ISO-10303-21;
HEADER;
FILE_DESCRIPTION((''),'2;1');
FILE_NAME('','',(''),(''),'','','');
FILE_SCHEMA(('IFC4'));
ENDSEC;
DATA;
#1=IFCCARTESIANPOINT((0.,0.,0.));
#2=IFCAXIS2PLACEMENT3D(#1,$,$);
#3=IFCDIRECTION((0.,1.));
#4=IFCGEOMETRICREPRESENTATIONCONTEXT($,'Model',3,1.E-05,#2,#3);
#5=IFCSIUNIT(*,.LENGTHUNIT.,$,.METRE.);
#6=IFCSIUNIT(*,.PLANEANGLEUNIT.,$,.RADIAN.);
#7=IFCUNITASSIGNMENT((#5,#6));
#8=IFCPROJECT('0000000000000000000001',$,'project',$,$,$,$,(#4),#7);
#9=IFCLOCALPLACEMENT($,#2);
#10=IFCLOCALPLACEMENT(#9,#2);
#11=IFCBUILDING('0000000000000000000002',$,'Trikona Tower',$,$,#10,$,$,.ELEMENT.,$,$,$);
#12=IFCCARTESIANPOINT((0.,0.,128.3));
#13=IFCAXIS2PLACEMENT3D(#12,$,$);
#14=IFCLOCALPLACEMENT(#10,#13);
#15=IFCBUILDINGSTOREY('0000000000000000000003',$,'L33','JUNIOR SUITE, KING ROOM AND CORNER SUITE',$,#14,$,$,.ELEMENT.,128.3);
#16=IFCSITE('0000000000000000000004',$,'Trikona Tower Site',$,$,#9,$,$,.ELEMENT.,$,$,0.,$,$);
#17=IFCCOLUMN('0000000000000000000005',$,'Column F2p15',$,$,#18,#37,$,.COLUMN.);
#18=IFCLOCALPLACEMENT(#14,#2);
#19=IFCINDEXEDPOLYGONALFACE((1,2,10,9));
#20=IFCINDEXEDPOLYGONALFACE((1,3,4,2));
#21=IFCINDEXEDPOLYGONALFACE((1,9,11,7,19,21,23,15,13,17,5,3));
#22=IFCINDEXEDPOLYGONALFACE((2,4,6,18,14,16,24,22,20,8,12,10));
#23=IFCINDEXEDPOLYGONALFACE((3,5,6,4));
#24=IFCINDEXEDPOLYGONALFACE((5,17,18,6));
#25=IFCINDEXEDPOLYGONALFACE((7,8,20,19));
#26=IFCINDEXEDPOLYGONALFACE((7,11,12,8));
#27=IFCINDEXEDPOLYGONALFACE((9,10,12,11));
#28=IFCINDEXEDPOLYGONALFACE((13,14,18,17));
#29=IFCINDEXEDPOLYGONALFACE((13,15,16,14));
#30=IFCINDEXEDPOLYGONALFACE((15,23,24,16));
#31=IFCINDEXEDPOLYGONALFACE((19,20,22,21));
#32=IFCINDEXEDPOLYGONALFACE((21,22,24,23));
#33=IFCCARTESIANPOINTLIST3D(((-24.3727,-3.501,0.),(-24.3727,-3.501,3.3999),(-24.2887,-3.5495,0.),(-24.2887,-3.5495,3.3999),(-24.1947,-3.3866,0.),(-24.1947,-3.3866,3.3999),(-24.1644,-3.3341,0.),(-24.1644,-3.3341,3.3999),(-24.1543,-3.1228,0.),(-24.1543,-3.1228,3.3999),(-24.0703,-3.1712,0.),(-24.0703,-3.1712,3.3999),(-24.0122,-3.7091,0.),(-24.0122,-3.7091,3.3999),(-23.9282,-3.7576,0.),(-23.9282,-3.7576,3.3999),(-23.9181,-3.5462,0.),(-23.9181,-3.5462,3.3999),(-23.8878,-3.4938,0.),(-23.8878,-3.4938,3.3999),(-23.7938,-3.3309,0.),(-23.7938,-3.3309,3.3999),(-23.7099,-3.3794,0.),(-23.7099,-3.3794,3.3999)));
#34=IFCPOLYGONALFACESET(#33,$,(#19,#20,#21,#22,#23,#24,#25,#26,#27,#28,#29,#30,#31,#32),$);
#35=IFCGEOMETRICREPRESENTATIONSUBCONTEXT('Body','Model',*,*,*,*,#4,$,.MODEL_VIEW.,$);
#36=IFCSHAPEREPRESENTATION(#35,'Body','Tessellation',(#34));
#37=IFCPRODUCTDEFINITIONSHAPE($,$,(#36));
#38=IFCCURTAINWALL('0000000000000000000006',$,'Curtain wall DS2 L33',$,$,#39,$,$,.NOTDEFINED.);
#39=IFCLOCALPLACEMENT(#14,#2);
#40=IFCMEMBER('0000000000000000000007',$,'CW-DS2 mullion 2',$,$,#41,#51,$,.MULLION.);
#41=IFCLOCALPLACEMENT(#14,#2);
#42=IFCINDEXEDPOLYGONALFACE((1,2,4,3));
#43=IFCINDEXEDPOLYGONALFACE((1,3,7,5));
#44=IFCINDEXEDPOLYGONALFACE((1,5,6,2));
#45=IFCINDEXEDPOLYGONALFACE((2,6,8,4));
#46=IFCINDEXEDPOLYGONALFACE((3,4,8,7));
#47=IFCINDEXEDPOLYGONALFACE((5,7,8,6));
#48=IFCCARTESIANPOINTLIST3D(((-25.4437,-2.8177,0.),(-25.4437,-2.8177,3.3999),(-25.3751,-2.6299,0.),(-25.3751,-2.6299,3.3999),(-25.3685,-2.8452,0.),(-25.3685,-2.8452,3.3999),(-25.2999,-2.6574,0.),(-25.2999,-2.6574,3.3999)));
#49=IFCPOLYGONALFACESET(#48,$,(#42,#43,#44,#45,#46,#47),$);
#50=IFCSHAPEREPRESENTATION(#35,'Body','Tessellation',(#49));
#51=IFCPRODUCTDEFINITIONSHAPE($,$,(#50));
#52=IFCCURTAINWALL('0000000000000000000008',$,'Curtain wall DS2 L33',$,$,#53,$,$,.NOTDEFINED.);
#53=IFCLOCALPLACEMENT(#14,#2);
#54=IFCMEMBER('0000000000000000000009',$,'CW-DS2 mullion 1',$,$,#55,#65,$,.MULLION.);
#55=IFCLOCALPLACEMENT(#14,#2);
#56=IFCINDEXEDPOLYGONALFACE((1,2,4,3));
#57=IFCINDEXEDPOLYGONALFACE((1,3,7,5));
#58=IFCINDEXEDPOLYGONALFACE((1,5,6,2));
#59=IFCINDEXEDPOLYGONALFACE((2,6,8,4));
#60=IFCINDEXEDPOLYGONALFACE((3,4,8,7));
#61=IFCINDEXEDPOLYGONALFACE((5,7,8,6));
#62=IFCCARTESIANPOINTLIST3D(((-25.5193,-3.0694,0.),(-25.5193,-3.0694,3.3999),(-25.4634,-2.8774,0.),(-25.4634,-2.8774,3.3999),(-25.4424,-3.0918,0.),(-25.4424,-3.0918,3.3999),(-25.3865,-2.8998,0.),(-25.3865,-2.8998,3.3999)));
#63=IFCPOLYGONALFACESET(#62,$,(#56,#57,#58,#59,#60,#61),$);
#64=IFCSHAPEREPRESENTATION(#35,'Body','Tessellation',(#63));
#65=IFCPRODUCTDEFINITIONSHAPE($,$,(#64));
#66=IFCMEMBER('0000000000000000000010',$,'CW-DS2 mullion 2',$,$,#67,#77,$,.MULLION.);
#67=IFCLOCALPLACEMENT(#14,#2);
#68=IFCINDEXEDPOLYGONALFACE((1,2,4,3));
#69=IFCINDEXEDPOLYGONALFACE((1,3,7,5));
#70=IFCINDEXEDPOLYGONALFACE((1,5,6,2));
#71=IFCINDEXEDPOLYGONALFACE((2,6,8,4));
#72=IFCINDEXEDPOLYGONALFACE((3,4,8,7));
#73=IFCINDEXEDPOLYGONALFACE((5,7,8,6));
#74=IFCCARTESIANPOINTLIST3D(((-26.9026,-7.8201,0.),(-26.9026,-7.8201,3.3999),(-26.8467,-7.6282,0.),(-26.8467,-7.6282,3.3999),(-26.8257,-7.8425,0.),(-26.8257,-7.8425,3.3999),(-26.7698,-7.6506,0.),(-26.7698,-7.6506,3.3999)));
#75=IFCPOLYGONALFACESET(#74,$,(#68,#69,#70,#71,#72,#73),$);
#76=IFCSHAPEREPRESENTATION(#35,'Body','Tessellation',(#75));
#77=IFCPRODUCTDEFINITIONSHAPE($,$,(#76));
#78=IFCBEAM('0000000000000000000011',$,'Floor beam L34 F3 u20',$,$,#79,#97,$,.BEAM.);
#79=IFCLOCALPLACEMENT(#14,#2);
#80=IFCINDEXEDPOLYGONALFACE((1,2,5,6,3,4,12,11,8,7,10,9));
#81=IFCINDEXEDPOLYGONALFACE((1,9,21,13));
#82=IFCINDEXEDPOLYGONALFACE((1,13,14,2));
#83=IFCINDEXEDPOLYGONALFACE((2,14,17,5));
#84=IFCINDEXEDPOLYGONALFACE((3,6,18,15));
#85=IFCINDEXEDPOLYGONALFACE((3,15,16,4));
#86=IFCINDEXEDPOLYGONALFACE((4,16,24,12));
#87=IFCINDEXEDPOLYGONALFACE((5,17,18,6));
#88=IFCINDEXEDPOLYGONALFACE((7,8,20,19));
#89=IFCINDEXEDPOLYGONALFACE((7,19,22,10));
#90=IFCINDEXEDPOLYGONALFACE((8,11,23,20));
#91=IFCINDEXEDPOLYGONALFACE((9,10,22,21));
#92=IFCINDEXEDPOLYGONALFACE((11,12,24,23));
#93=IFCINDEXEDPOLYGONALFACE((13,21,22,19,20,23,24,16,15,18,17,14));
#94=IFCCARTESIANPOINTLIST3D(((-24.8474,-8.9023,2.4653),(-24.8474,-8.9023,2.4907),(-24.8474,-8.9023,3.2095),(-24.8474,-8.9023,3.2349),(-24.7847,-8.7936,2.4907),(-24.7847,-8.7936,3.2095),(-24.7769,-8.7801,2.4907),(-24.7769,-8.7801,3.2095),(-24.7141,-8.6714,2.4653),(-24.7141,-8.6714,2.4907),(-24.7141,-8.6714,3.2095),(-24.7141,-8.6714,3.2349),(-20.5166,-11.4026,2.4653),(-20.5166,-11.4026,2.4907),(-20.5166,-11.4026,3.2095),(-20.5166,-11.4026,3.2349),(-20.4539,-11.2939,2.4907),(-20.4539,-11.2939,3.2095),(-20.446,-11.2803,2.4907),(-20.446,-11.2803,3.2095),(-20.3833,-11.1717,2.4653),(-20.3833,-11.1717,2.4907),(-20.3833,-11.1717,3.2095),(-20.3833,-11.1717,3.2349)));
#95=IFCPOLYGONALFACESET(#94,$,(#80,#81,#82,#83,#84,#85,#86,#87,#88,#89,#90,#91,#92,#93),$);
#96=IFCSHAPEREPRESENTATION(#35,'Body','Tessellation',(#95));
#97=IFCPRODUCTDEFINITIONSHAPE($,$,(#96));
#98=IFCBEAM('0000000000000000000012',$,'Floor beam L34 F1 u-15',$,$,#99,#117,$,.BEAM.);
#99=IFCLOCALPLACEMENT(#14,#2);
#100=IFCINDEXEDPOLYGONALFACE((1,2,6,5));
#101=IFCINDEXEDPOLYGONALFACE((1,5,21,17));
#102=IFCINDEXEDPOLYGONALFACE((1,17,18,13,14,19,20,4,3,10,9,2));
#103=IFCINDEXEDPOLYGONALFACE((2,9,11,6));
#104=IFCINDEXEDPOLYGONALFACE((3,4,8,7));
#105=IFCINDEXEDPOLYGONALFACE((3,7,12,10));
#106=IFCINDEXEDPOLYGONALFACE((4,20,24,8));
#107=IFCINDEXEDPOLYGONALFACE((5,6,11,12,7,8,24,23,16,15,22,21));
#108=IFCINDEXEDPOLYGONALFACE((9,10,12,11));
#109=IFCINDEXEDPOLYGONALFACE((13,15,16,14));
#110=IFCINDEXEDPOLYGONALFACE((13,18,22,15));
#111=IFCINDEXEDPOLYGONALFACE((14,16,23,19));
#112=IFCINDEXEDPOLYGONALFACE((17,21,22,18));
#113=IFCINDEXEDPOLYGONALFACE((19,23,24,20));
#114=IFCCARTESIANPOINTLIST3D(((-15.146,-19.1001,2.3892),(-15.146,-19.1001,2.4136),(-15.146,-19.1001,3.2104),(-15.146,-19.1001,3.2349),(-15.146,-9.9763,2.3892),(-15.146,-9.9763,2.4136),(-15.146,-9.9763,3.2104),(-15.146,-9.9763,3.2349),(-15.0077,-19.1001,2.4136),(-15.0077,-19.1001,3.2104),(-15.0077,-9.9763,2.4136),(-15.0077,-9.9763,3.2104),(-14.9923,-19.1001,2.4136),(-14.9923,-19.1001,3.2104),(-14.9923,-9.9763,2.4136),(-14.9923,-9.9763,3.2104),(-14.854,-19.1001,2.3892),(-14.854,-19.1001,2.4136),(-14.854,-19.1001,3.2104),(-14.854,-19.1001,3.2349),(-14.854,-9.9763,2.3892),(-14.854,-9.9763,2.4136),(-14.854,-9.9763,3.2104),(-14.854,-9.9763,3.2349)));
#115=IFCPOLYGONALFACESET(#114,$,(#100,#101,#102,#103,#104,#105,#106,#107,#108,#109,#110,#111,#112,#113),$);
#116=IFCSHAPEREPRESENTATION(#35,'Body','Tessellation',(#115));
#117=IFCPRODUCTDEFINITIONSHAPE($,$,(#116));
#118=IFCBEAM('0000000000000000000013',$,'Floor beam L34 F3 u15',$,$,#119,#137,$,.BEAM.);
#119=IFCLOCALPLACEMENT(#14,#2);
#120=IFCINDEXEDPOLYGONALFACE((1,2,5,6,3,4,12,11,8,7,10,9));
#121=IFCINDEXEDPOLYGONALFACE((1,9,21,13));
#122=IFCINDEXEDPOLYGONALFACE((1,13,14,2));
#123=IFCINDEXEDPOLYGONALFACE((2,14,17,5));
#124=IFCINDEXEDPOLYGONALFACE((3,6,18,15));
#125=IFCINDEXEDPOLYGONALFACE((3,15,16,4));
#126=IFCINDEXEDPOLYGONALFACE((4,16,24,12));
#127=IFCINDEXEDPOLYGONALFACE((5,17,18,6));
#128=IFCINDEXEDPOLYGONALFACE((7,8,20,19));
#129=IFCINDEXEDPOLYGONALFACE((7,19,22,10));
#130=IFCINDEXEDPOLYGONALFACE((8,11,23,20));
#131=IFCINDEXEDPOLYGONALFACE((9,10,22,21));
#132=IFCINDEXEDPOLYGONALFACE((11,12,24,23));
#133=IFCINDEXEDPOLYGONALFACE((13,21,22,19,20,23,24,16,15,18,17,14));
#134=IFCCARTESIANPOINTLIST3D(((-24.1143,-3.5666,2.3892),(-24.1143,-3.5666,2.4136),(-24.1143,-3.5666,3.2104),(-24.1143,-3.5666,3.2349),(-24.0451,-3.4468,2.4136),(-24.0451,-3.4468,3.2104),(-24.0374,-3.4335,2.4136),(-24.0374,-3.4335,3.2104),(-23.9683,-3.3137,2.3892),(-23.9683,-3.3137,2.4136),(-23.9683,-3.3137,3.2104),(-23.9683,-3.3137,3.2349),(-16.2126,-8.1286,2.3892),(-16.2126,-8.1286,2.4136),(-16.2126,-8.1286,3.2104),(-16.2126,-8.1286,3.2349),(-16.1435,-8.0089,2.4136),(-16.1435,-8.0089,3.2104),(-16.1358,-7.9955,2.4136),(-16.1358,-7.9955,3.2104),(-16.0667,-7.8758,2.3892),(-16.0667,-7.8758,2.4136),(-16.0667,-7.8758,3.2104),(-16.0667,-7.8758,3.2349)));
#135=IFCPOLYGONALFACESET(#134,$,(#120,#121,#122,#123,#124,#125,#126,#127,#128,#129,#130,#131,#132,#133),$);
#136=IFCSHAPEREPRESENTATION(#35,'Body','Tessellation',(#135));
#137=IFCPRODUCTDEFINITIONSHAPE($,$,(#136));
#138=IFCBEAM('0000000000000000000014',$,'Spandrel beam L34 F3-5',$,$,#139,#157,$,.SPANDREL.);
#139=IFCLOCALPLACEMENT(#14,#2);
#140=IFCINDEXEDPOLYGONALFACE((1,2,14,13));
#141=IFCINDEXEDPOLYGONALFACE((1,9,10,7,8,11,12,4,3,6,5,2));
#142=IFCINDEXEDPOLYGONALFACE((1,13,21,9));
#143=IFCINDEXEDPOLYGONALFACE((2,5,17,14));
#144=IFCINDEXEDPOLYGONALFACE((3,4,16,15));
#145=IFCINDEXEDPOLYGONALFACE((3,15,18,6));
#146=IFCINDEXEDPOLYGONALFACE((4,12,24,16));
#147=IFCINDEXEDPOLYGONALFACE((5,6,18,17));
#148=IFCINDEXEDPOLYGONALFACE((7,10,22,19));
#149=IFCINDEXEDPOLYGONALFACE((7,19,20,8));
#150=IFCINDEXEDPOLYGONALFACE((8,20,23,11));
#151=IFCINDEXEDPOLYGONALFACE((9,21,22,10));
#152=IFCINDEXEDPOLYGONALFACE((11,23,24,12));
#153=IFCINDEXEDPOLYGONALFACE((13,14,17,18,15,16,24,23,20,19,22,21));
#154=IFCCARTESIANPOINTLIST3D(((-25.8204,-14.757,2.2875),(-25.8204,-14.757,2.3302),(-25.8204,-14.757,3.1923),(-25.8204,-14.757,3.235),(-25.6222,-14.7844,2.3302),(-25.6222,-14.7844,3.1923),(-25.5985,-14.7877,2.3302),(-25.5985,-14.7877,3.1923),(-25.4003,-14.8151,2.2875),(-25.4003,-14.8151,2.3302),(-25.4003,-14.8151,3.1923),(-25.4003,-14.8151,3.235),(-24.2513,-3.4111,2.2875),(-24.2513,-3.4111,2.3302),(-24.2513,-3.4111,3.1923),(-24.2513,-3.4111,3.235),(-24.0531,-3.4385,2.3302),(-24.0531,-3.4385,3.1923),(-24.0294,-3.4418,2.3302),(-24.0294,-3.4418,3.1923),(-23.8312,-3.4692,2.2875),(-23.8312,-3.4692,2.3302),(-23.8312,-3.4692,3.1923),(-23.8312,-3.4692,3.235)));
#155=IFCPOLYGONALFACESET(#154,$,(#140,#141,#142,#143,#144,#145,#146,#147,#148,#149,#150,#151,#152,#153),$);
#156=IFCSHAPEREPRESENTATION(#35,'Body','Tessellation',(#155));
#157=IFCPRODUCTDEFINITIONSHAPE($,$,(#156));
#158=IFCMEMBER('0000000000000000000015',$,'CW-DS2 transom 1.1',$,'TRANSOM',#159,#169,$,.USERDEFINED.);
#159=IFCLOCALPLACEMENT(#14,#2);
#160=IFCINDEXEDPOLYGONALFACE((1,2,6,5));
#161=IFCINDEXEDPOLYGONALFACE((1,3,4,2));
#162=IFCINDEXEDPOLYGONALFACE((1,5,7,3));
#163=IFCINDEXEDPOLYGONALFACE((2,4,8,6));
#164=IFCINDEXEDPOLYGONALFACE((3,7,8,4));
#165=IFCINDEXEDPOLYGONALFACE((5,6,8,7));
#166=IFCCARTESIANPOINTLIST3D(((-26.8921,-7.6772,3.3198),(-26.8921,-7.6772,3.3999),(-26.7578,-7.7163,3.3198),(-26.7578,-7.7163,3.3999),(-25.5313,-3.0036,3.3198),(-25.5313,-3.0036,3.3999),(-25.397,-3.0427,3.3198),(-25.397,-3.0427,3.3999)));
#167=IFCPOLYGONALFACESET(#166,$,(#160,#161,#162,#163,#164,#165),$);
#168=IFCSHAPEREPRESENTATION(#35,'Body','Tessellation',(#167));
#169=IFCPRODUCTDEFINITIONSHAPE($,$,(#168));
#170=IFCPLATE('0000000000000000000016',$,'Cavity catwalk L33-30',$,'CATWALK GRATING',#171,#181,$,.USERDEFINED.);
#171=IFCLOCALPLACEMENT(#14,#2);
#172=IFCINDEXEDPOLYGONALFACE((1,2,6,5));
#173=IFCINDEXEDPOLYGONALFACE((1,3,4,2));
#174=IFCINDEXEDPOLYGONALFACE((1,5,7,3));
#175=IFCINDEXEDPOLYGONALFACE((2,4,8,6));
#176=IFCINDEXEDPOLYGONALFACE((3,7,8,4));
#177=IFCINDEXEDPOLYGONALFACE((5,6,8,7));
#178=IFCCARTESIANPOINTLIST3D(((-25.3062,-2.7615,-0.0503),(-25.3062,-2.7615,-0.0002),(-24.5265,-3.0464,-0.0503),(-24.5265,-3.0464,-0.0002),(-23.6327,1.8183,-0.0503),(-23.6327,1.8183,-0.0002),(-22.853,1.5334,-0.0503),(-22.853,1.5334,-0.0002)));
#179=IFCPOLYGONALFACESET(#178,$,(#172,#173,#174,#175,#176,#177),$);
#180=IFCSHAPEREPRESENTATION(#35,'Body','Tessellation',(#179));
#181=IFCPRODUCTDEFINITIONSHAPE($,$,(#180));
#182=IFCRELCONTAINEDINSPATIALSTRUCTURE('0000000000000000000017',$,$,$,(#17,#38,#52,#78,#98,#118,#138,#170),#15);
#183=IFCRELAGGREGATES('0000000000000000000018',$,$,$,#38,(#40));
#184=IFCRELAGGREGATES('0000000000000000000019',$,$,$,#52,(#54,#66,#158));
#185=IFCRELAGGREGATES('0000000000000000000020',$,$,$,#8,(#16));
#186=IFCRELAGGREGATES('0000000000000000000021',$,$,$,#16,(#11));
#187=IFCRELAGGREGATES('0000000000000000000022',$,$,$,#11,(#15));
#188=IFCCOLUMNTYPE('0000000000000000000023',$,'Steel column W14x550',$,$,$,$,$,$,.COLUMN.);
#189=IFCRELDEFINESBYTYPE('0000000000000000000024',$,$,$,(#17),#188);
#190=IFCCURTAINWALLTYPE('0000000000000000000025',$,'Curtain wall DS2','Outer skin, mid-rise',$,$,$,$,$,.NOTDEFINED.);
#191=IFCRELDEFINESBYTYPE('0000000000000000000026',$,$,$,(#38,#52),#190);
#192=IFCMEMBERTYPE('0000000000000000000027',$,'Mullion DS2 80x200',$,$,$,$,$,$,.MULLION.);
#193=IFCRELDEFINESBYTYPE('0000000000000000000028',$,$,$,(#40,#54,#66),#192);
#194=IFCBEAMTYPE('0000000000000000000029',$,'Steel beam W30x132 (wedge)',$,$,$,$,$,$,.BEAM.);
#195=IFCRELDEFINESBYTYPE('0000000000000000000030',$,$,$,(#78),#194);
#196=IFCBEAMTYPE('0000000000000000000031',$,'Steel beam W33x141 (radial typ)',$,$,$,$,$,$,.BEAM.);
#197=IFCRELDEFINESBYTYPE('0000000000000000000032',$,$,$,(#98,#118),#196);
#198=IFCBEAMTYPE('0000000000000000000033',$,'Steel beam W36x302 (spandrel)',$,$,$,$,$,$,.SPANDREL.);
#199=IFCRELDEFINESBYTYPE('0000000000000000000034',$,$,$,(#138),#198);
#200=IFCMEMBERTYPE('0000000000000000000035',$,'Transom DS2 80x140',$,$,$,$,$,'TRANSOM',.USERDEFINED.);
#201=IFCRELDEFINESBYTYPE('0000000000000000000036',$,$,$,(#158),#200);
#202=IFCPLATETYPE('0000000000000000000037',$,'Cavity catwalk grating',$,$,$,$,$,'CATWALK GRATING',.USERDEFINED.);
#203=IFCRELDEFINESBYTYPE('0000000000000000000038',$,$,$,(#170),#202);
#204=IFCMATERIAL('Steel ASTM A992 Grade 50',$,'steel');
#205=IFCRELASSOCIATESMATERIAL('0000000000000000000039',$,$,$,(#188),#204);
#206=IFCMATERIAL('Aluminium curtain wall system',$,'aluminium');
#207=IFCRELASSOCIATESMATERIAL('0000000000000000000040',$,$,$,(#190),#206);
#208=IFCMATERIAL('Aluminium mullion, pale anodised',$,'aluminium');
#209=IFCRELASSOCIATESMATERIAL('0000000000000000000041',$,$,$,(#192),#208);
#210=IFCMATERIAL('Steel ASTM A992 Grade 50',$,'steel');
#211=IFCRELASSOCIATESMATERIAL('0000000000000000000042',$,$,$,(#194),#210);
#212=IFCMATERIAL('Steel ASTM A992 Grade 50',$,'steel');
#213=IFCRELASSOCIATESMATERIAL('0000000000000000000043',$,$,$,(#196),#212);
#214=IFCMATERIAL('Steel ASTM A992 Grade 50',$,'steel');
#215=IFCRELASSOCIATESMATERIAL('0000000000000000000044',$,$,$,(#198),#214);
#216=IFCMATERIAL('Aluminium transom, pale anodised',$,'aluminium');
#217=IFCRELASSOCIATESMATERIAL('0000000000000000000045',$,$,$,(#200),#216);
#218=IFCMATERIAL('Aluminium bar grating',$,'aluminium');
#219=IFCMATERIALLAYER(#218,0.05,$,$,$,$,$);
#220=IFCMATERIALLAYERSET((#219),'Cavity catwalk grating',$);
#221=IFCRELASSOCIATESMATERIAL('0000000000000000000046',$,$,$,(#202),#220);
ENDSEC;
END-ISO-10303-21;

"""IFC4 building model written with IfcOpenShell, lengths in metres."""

from ifc_helpers import new_model, si_unit, direction, frame, origin, origin_2d, place, context, subcontext, project, spatial, rectangle, i_section, extrude, material, layer, layer_set, material_profile, profile_set, type_object, element, aggregate, save


model = new_model("IFC4")

# Units and contexts
model_context = context("Model", 3, precision=1e-05, world=origin(), true_north=direction((0.0, 1.0)))
body_context = subcontext(model_context, "Body", "Model", "MODEL_VIEW")
ifc_project = project(units=[si_unit("LENGTHUNIT", "METRE"), si_unit("PLANEANGLEUNIT", "RADIAN")], contexts=[model_context])

# Site, building, storey
site_placement = place(None, origin())
site = spatial("IfcSite", under=ifc_project, at=site_placement, Name="Trikona Tower Site", CompositionType="ELEMENT", RefElevation=0.0)
building_placement = place(site_placement, origin())
building = spatial("IfcBuilding", under=site, at=building_placement, Name="Trikona Tower", CompositionType="ELEMENT")
storey_placement = place(building_placement, frame((0.0, 0.0, 128.3)))
storey = spatial("IfcBuildingStorey", under=building, at=storey_placement, Name="L33", Description="JUNIOR SUITE, KING ROOM AND CORNER SUITE", CompositionType="ELEMENT", Elevation=128.3)

# Column
ifc_material_1 = material(Name="Steel ASTM A992 Grade 50", Category="steel")
ifc_material_profile_1 = material_profile(ifc_material_1, i_section(OverallWidth=0.4368, OverallDepth=0.5132, WebThickness=0.0605, FlangeThickness=0.0969, at=origin_2d()), Name="W14X550")
ifc_profile_set_1 = profile_set([ifc_material_profile_1], Name="Steel ASTM A992 Grade 50")
column_type = type_object("IfcColumnType", Name="Steel column W14x550", PredefinedType="COLUMN", material=ifc_profile_set_1)
column_placement = place(storey_placement, frame((-24.0413, -3.4402, 0.0), z_axis=(0.0, 0.0, 1.0), x_axis=(-0.5, -0.866025, 0.0)))
element("IfcColumn", 1, at=column_placement, inside=storey, type_object=column_type, Name="Column F2p15", PredefinedType="COLUMN", context=body_context, shape_type="SweptSolid", body=[
    extrude(i_section(OverallWidth=0.4368, OverallDepth=0.5132, WebThickness=0.0605, FlangeThickness=0.0969, at=origin_2d()), origin(), (0.0, 0.0, 1.0), 3.3999),
])

# Curtain wall, member
ifc_material_2 = material(Name="Aluminium curtain wall system", Category="aluminium")
curtain_wall_type = type_object("IfcCurtainWallType", Name="Curtain wall DS2", Description="Outer skin, mid-rise", PredefinedType="NOTDEFINED", material=ifc_material_2)
curtain_wall_1_placement = place(storey_placement, origin())
curtain_wall_1 = element("IfcCurtainWall", 2, at=curtain_wall_1_placement, inside=storey, type_object=curtain_wall_type, Name="Curtain wall DS2 L33", PredefinedType="NOTDEFINED")
ifc_material_3 = material(Name="Aluminium mullion, pale anodised", Category="aluminium")
ifc_material_profile_2 = material_profile(ifc_material_3, rectangle(XDim=0.0801, YDim=0.2, at=origin_2d()), Name="MUL-DS2")
ifc_profile_set_2 = profile_set([ifc_material_profile_2], Name="Aluminium mullion, pale anodised")
member_type_1 = type_object("IfcMemberType", Name="Mullion DS2 80x200", PredefinedType="MULLION", material=ifc_profile_set_2)
member_1_placement = place(storey_placement, frame((-25.3718, -2.7375, 0.0), z_axis=(0.0, 0.0, 1.0), x_axis=(0.939254, -0.343223, 0.0)))
member_1 = element("IfcMember", 3, at=member_1_placement, type_object=member_type_1, Name="CW-DS2 mullion 2", PredefinedType="MULLION", context=body_context, shape_type="SweptSolid", body=[
    extrude(rectangle(XDim=0.0801, YDim=0.2, at=origin_2d()), origin(), (0.0, 0.0, 1.0), 3.3999),
])
aggregate(curtain_wall_1, [member_1])

# Curtain wall, members
curtain_wall_2_placement = place(storey_placement, origin())
curtain_wall_2 = element("IfcCurtainWall", 4, at=curtain_wall_2_placement, inside=storey, type_object=curtain_wall_type, Name="Curtain wall DS2 L33", PredefinedType="NOTDEFINED")
member_2_placement = place(storey_placement, frame((-25.4529, -2.9846, 0.0), z_axis=(0.0, 0.0, 1.0), x_axis=(0.960133, -0.279543, 0.0)))
member_2 = element("IfcMember", 5, at=member_2_placement, type_object=member_type_1, Name="CW-DS2 mullion 1", PredefinedType="MULLION", context=body_context, shape_type="SweptSolid", body=[
    extrude(rectangle(XDim=0.0801, YDim=0.2, at=origin_2d()), origin(), (0.0, 0.0, 1.0), 3.3999),
])
member_3_placement = place(storey_placement, frame((-26.8362, -7.7354, 0.0), z_axis=(0.0, 0.0, 1.0), x_axis=(0.960133, -0.279543, 0.0)))
member_3 = element("IfcMember", 6, at=member_3_placement, type_object=member_type_1, Name="CW-DS2 mullion 2", PredefinedType="MULLION", context=body_context, shape_type="SweptSolid", body=[
    extrude(rectangle(XDim=0.0801, YDim=0.2, at=origin_2d()), origin(), (0.0, 0.0, 1.0), 3.3999),
])

# Beams
ifc_material_4 = material(Name="Steel ASTM A992 Grade 50", Category="steel")
ifc_material_profile_3 = material_profile(ifc_material_4, i_section(OverallWidth=0.2666, OverallDepth=0.7695, WebThickness=0.0156, FlangeThickness=0.0254, at=origin_2d()), Name="W30X132")
ifc_profile_set_3 = profile_set([ifc_material_profile_3], Name="Steel ASTM A992 Grade 50")
beam_type_1 = type_object("IfcBeamType", Name="Steel beam W30x132 (wedge)", PredefinedType="BEAM", material=ifc_profile_set_3)
beam_1_placement = place(storey_placement, frame((-20.45, -11.2871, 2.8501), z_axis=(-0.866038, 0.499977, 0.0), x_axis=(-0.499977, -0.866038, 0.0)))
element("IfcBeam", 7, at=beam_1_placement, inside=storey, type_object=beam_type_1, Name="Floor beam L34 F3 u20", PredefinedType="BEAM", context=body_context, shape_type="SweptSolid", body=[
    extrude(i_section(OverallWidth=0.2666, OverallDepth=0.7695, WebThickness=0.0156, FlangeThickness=0.0254, at=origin_2d()), origin(), (0.0, 0.0, 1.0), 5.0007),
])
ifc_material_5 = material(Name="Steel ASTM A992 Grade 50", Category="steel")
ifc_material_profile_4 = material_profile(ifc_material_5, i_section(OverallWidth=0.292, OverallDepth=0.8457, WebThickness=0.0154, FlangeThickness=0.0244, at=origin_2d()), Name="W33X141")
ifc_profile_set_4 = profile_set([ifc_material_profile_4], Name="Steel ASTM A992 Grade 50")
beam_type_2 = type_object("IfcBeamType", Name="Steel beam W33x141 (radial typ)", PredefinedType="BEAM", material=ifc_profile_set_4)
beam_2_placement = place(storey_placement, frame((-15.0, -9.9763, 2.812), z_axis=(0.0, -1.0, 0.0), x_axis=(1.0, 0.0, 0.0)))
element("IfcBeam", 8, at=beam_2_placement, inside=storey, type_object=beam_type_2, Name="Floor beam L34 F1 u-15", PredefinedType="BEAM", context=body_context, shape_type="SweptSolid", body=[
    extrude(i_section(OverallWidth=0.292, OverallDepth=0.8457, WebThickness=0.0154, FlangeThickness=0.0244, at=origin_2d()), origin(), (0.0, 0.0, 1.0), 9.1238),
])
beam_3_placement = place(storey_placement, frame((-16.1396, -8.0022, 2.812), z_axis=(-0.866025, 0.500001, 0.0), x_axis=(-0.500001, -0.866025, 0.0)))
element("IfcBeam", 9, at=beam_3_placement, inside=storey, type_object=beam_type_2, Name="Floor beam L34 F3 u15", PredefinedType="BEAM", context=body_context, shape_type="SweptSolid", body=[
    extrude(i_section(OverallWidth=0.292, OverallDepth=0.8457, WebThickness=0.0154, FlangeThickness=0.0244, at=origin_2d()), origin(), (0.0, 0.0, 1.0), 9.124),
])
ifc_material_6 = material(Name="Steel ASTM A992 Grade 50", Category="steel")
ifc_material_profile_5 = material_profile(ifc_material_6, i_section(OverallWidth=0.4241, OverallDepth=0.9475, WebThickness=0.0239, FlangeThickness=0.0427, at=origin_2d()), Name="W36X302")
ifc_profile_set_5 = profile_set([ifc_material_profile_5], Name="Steel ASTM A992 Grade 50")
beam_type_3 = type_object("IfcBeamType", Name="Steel beam W36x302 (spandrel)", PredefinedType="SPANDREL", material=ifc_profile_set_5)
beam_4_placement = place(storey_placement, frame((-24.0413, -3.4402, 2.7612), z_axis=(-0.136992, -0.990572, 0.0), x_axis=(0.990572, -0.136992, 0.0)))
element("IfcBeam", 10, at=beam_4_placement, inside=storey, type_object=beam_type_3, Name="Spandrel beam L34 F3-5", PredefinedType="SPANDREL", context=body_context, shape_type="SweptSolid", body=[
    extrude(i_section(OverallWidth=0.4241, OverallDepth=0.9475, WebThickness=0.0239, FlangeThickness=0.0427, at=origin_2d()), origin(), (0.0, 0.0, 1.0), 11.4539),
])

# Member
ifc_material_7 = material(Name="Aluminium transom, pale anodised", Category="aluminium")
ifc_material_profile_6 = material_profile(ifc_material_7, rectangle(XDim=0.1399, YDim=0.0801, at=origin_2d()), Name="TRN-DS2")
ifc_profile_set_6 = profile_set([ifc_material_profile_6], Name="Aluminium transom, pale anodised")
member_type_2 = type_object("IfcMemberType", Name="Transom DS2 80x140", ElementType="TRANSOM", PredefinedType="USERDEFINED", material=ifc_profile_set_6)
member_4_placement = place(storey_placement, frame((-25.4641, -3.0232, 3.3599), z_axis=(-0.279567, -0.960126, 0.0), x_axis=(0.960126, -0.279567, 0.0)))
member_4 = element("IfcMember", 11, at=member_4_placement, type_object=member_type_2, Name="CW-DS2 transom 1.1", ObjectType="TRANSOM", PredefinedType="USERDEFINED", context=body_context, shape_type="SweptSolid", body=[
    extrude(rectangle(XDim=0.1399, YDim=0.0801, at=origin_2d()), origin(), (0.0, 0.0, 1.0), 4.8677),
])

# Plate
ifc_material_8 = material(Name="Aluminium bar grating", Category="aluminium")
ifc_layer_1 = layer(ifc_material_8, 0.05)
ifc_layer_set_1 = layer_set([ifc_layer_1], Name="Cavity catwalk grating")
plate_type_1 = type_object("IfcPlateType", Name="Cavity catwalk grating", ElementType="CATWALK GRATING", PredefinedType="USERDEFINED", material=ifc_layer_set_1)
plate_1_placement = place(storey_placement, frame((-24.0796, -0.614, -0.0503), z_axis=(0.0, 0.0, 1.0), x_axis=(-0.34322, -0.939255, 0.0)))
element("IfcPlate", 12, at=plate_1_placement, inside=storey, type_object=plate_type_1, Name="Cavity catwalk L33-30", ObjectType="CATWALK GRATING", PredefinedType="USERDEFINED", context=body_context, shape_type="SweptSolid", body=[
    extrude(rectangle(XDim=4.876, YDim=0.8301, at=origin_2d()), origin(), (0.0, 0.0, 1.0), 0.05),
])

aggregate(curtain_wall_2, [member_2, member_3, member_4])

save(model, "model.ifc")
